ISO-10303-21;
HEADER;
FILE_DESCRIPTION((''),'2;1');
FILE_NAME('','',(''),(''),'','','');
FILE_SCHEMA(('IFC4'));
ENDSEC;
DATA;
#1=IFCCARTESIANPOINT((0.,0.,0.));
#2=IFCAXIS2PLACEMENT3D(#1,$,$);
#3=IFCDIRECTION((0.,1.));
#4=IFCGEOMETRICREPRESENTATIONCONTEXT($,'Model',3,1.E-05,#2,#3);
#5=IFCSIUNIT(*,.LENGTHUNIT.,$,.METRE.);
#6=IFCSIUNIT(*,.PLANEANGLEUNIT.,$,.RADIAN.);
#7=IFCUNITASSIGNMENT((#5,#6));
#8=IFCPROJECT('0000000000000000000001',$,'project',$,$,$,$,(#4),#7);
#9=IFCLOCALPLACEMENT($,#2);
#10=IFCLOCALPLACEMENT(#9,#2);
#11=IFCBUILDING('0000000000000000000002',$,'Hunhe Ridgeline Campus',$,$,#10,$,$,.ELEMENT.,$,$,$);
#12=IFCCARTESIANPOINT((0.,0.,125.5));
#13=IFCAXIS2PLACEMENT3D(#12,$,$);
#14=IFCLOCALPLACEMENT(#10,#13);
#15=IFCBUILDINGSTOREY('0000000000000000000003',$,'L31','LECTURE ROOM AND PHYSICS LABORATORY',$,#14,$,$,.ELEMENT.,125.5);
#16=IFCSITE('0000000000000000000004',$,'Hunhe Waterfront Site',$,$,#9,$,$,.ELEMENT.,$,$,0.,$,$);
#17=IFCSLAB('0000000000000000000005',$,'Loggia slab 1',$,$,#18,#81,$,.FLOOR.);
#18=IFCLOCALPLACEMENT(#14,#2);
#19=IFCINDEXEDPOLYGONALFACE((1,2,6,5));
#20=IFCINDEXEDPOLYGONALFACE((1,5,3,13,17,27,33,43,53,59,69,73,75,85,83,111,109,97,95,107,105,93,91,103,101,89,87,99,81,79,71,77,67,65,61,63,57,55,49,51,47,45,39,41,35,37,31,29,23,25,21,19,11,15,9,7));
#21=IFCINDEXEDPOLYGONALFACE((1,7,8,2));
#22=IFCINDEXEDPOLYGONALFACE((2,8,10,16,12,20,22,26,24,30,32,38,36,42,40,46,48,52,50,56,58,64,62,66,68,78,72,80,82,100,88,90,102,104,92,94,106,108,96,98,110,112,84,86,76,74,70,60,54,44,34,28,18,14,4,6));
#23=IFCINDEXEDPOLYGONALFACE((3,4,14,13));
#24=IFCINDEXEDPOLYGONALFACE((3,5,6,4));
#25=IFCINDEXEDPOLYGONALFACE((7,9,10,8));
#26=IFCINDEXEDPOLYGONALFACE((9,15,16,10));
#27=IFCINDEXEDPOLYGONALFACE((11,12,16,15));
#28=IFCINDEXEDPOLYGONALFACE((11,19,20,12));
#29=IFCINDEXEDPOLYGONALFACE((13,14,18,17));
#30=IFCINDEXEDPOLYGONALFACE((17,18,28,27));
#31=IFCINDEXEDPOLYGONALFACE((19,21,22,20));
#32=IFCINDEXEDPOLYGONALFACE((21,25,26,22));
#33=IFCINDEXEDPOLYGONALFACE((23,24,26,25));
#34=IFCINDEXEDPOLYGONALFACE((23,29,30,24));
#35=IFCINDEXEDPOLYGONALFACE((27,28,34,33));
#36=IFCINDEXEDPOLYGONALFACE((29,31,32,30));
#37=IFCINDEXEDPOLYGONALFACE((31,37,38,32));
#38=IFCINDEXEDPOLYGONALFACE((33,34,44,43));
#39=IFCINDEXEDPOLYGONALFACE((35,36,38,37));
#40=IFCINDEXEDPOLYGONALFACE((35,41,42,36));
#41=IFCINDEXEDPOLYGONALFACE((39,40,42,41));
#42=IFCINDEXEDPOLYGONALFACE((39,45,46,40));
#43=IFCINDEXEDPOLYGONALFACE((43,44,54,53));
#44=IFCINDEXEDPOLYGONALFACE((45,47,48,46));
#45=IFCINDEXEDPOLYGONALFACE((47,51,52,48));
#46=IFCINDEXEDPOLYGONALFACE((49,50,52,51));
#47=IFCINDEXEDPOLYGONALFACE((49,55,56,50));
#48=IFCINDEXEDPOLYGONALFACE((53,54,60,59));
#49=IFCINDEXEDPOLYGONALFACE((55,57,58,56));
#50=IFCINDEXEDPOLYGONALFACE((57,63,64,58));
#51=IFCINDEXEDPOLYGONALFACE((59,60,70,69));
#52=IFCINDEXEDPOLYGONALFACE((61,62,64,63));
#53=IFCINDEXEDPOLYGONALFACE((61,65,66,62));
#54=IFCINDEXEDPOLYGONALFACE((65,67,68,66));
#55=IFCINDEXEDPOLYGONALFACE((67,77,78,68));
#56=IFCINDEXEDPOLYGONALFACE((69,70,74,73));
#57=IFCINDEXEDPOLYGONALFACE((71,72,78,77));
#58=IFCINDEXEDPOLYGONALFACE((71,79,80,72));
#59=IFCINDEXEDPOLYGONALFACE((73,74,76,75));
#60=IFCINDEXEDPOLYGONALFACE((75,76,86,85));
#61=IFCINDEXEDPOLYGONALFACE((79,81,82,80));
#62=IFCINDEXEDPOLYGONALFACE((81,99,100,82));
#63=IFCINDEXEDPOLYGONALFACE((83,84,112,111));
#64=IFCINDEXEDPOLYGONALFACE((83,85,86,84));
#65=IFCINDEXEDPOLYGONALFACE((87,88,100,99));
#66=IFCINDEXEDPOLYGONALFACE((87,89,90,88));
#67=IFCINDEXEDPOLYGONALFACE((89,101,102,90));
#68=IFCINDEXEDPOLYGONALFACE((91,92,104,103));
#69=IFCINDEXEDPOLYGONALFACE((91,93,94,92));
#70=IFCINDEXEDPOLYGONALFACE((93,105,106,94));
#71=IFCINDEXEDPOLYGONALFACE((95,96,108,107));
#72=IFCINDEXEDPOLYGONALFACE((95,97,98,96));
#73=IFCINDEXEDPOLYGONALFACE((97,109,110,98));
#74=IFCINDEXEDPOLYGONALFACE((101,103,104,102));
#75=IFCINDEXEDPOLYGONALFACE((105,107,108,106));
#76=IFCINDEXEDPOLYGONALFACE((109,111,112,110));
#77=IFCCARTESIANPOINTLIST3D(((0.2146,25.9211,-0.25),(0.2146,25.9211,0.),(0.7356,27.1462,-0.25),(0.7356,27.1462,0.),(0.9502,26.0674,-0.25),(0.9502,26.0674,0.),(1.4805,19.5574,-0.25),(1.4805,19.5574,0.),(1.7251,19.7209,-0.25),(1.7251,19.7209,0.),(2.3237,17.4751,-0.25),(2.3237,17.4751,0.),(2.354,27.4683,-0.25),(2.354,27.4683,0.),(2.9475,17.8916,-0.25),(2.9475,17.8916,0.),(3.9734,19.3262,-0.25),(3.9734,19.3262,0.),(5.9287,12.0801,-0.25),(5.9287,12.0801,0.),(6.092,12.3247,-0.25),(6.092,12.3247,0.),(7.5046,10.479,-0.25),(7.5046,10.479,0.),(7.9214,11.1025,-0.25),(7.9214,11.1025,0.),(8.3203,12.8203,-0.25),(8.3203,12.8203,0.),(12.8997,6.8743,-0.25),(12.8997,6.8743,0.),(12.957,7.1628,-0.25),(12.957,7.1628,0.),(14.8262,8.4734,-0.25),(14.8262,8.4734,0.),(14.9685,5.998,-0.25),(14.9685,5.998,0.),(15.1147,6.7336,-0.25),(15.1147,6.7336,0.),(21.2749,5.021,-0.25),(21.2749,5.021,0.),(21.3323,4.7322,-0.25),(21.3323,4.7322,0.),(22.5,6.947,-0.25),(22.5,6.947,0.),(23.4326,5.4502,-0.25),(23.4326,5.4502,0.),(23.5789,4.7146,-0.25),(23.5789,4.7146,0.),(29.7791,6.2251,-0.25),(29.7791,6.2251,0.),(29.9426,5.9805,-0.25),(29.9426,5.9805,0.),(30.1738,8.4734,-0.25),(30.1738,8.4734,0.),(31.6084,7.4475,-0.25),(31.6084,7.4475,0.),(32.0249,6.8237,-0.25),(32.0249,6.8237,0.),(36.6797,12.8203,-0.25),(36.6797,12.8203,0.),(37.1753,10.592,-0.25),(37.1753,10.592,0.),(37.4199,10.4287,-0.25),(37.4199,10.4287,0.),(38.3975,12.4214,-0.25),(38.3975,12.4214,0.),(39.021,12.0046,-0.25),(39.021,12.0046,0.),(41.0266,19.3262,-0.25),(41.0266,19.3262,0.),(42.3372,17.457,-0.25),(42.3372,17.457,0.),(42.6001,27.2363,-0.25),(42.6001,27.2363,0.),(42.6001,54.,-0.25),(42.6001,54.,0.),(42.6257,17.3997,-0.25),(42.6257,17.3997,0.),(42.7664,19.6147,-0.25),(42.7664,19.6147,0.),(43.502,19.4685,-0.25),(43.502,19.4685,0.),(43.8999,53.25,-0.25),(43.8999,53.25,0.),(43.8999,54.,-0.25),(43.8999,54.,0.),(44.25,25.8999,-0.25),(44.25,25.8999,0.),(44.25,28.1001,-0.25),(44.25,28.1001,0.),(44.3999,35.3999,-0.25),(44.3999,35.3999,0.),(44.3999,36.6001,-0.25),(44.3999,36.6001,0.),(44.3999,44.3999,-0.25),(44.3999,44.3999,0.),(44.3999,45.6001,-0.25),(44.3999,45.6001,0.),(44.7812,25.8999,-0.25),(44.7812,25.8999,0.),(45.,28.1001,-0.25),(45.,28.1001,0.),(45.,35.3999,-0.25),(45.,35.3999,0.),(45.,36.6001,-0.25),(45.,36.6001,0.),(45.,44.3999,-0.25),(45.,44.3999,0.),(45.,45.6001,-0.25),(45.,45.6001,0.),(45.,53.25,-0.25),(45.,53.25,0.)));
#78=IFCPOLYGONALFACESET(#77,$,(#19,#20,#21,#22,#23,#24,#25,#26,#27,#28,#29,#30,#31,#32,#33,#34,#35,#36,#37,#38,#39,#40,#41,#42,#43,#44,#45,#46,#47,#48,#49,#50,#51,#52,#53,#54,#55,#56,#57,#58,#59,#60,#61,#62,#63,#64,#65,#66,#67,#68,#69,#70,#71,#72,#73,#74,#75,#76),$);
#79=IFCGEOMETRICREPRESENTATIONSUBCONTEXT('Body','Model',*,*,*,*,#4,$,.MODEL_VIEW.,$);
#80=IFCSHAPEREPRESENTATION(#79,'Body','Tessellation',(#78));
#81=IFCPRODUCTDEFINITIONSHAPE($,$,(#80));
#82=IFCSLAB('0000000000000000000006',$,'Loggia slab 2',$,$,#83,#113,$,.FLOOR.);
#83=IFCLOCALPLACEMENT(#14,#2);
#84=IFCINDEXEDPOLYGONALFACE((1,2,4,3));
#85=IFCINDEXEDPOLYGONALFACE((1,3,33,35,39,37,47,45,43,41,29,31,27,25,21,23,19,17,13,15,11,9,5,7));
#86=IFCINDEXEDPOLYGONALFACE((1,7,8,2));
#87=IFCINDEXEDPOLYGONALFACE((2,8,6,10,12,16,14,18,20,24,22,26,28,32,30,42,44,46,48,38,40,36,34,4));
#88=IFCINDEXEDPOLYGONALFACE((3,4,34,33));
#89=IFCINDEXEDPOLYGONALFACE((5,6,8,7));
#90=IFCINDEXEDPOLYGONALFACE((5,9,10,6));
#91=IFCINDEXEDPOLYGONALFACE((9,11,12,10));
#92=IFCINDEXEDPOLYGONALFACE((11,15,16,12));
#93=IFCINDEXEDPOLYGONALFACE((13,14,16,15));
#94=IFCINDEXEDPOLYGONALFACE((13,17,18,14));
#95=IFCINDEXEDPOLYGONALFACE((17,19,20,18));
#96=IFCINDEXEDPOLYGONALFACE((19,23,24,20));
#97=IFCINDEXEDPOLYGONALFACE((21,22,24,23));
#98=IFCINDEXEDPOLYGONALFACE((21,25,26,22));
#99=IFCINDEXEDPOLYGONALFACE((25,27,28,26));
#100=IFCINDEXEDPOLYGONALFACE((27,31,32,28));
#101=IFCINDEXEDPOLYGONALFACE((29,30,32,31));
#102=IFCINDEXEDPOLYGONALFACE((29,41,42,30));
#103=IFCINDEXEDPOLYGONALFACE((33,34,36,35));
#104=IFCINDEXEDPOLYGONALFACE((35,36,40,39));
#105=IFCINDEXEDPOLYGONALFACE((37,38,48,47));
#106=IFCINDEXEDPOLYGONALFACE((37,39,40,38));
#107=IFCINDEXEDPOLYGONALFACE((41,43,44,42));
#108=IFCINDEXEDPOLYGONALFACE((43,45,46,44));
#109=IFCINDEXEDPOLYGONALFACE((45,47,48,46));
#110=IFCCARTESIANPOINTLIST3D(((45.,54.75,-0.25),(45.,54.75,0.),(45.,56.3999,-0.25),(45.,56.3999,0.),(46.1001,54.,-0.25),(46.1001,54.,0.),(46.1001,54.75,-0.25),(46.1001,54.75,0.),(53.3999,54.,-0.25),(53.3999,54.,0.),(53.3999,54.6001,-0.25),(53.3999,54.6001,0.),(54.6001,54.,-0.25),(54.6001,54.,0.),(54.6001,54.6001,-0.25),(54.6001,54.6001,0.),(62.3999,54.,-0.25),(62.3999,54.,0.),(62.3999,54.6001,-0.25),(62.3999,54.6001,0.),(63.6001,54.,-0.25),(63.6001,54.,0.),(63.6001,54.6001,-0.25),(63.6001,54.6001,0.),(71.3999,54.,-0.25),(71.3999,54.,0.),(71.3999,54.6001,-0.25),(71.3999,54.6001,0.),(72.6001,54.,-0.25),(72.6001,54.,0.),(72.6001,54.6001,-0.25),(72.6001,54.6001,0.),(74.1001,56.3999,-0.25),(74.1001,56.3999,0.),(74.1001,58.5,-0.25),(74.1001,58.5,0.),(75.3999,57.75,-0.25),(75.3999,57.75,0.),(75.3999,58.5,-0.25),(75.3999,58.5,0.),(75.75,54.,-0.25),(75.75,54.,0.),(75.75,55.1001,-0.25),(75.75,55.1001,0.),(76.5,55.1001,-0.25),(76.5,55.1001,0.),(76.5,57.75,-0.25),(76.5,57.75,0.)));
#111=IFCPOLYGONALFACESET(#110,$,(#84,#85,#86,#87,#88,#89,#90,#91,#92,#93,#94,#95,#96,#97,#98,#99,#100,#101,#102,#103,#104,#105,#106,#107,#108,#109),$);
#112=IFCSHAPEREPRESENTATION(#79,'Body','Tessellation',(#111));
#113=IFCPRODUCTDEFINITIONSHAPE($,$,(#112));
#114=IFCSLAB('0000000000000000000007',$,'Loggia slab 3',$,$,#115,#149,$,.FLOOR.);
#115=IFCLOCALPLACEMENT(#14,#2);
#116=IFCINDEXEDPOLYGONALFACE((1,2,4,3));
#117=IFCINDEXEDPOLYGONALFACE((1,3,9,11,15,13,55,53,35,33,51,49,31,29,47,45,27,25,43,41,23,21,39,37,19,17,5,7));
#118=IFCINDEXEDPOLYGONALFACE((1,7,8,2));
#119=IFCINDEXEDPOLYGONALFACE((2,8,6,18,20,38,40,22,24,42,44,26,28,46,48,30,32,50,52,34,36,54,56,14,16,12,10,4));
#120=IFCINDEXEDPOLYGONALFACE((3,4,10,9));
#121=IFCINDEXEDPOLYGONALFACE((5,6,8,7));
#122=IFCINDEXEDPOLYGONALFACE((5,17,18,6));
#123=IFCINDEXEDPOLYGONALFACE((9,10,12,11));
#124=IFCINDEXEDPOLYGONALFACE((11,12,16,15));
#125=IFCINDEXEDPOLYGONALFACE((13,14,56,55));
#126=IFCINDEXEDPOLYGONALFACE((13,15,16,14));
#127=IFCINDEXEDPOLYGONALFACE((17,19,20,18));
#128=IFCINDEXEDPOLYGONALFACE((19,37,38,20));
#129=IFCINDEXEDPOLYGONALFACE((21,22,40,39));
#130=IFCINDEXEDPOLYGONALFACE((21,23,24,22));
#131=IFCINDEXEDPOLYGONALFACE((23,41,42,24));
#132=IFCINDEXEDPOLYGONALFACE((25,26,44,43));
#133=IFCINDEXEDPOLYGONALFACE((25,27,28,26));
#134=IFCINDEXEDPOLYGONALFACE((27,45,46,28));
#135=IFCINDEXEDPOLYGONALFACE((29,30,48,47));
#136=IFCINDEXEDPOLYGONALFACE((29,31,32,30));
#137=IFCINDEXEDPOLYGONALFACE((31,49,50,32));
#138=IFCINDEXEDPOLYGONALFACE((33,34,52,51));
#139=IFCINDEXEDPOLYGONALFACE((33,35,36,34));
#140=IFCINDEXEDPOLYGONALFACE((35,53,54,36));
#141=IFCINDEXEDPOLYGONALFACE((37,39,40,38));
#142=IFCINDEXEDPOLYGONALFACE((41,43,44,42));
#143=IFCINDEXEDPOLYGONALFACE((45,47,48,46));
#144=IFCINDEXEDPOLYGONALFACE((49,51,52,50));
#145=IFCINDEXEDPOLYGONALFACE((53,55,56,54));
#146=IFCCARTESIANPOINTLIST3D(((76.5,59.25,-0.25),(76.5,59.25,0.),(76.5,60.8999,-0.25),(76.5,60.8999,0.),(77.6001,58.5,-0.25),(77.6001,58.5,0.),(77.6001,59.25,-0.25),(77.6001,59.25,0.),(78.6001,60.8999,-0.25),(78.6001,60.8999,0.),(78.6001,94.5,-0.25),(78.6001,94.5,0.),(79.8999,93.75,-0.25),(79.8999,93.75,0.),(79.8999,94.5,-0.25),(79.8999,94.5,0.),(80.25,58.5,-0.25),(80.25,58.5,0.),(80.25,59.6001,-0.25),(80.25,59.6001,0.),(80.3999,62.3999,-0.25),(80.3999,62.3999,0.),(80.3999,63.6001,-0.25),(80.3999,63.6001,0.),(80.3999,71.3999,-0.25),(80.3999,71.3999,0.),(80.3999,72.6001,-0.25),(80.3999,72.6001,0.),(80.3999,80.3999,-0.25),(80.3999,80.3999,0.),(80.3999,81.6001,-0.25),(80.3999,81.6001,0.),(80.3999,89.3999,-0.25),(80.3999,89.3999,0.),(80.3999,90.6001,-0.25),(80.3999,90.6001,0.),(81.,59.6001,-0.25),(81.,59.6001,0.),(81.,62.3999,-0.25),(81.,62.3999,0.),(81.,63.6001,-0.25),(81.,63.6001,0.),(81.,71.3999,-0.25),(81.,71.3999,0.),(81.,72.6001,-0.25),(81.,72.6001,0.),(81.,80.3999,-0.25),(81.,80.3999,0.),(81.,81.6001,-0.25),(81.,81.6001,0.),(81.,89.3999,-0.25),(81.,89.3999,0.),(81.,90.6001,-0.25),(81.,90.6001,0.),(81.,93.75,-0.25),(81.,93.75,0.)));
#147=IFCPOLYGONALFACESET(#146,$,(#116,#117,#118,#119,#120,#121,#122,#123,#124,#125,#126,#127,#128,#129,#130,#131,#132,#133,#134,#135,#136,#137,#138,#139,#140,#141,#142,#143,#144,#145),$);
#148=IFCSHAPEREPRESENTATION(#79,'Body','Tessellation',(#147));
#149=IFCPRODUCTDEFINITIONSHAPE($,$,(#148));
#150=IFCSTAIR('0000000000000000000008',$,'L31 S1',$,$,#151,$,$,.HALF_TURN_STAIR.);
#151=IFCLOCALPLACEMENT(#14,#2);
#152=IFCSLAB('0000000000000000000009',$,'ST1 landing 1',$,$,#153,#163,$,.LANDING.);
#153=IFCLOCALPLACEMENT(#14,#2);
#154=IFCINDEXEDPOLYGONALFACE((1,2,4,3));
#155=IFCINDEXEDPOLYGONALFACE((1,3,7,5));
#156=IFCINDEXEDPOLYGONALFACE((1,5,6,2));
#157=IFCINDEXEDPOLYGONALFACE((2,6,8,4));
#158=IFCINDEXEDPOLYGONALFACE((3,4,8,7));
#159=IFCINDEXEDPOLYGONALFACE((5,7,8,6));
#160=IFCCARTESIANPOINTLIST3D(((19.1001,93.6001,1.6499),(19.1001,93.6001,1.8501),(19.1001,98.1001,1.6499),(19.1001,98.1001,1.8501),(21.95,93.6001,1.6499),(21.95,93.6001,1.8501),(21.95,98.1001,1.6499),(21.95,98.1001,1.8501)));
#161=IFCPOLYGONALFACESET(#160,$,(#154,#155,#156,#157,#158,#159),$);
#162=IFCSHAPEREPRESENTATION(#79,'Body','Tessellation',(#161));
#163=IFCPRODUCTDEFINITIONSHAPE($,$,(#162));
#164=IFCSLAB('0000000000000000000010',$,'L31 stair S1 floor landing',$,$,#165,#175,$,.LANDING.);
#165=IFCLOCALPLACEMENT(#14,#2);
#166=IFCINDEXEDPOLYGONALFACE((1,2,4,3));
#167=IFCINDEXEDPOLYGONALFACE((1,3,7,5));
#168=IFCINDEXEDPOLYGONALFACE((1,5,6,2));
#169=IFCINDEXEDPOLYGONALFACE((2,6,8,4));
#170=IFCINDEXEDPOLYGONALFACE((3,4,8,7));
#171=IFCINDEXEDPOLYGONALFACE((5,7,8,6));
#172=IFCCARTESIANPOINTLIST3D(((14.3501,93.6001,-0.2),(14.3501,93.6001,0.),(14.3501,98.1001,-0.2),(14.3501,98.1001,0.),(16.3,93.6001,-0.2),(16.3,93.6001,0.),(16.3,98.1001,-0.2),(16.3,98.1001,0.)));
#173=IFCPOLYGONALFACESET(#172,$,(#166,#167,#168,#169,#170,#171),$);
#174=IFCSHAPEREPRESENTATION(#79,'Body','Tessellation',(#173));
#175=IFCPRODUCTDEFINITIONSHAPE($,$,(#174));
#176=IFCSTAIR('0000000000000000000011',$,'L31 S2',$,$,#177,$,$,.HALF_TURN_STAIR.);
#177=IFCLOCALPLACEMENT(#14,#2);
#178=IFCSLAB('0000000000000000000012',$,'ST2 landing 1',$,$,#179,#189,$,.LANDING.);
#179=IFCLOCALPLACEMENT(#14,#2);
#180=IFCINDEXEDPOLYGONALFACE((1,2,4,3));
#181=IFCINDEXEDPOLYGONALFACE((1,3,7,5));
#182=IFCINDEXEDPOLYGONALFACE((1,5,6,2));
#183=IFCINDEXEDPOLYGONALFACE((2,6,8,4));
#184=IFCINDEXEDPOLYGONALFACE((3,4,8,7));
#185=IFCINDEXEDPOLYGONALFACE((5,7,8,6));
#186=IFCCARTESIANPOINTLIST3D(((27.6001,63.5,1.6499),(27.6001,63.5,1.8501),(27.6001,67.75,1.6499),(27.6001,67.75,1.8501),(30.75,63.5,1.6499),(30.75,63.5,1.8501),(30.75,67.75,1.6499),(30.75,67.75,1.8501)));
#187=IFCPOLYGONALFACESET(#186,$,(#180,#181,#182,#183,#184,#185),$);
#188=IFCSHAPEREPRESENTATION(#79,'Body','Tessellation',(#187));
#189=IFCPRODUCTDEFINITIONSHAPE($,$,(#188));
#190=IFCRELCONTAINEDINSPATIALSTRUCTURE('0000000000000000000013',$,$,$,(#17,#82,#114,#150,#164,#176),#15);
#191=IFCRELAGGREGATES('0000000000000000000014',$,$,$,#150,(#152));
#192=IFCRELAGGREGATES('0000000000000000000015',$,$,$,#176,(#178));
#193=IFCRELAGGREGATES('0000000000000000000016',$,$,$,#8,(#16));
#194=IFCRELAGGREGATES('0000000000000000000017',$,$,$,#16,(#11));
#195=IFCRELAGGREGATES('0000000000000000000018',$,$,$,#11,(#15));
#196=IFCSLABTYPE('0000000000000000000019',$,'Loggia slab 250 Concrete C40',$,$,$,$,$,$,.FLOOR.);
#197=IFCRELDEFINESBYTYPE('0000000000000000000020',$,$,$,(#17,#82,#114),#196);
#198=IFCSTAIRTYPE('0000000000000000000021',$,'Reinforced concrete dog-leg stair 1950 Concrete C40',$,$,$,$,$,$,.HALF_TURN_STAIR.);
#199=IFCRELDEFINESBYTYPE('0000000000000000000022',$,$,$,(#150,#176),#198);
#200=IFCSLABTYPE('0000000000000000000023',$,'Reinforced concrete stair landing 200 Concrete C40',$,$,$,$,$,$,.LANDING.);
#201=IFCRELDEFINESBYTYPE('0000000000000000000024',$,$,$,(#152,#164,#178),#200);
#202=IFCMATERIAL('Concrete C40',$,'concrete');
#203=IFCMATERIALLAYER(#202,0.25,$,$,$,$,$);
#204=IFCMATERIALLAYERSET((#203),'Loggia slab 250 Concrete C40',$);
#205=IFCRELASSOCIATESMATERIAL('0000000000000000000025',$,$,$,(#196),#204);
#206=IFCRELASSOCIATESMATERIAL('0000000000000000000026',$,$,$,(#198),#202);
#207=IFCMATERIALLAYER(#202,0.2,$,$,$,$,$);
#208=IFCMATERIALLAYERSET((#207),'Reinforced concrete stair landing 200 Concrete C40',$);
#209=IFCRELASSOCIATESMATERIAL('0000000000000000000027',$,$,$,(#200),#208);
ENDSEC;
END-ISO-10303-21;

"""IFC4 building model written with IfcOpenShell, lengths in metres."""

from ifc_helpers import new_model, si_unit, direction, frame, origin, place, context, subcontext, project, spatial, polyline, outline, extrude, material, layer, layer_set, type_object, element, aggregate, save


model = new_model("IFC4")

# Units and contexts
model_context = context("Model", 3, precision=1e-05, world=origin(), true_north=direction((0.0, 1.0)))
body_context = subcontext(model_context, "Body", "Model", "MODEL_VIEW")
ifc_project = project(units=[si_unit("LENGTHUNIT", "METRE"), si_unit("PLANEANGLEUNIT", "RADIAN")], contexts=[model_context])

# Site, building, storey
site_placement = place(None, origin())
site = spatial("IfcSite", under=ifc_project, at=site_placement, Name="Hunhe Waterfront Site", CompositionType="ELEMENT", RefElevation=0.0)
building_placement = place(site_placement, origin())
building = spatial("IfcBuilding", under=site, at=building_placement, Name="Hunhe Ridgeline Campus", CompositionType="ELEMENT")
storey_placement = place(building_placement, frame((0.0, 0.0, 125.5)))
storey = spatial("IfcBuildingStorey", under=building, at=storey_placement, Name="L31", Description="LECTURE ROOM AND PHYSICS LABORATORY", CompositionType="ELEMENT", Elevation=125.5)

# Slabs
ifc_material_1 = material(Name="Concrete C40", Category="concrete")
ifc_layer_1 = layer(ifc_material_1, 0.25)
ifc_layer_set_1 = layer_set([ifc_layer_1], Name="Loggia slab 250 Concrete C40")
slab_type_1 = type_object("IfcSlabType", Name="Loggia slab 250 Concrete C40", PredefinedType="FLOOR", material=ifc_layer_set_1)
slab_1_placement = place(storey_placement, frame((0.0, 0.0, -0.25)))
element("IfcSlab", 1, at=slab_1_placement, inside=storey, type_object=slab_type_1, Name="Loggia slab 1", PredefinedType="FLOOR", context=body_context, shape_type="SweptSolid", body=[
    extrude(outline(polyline([(30.1738, 8.4734), (22.5, 6.947), (14.8262, 8.4734), (8.3203, 12.8203), (3.9734, 19.3262), (2.354, 27.4683), (0.7356, 27.1462), (0.9502, 26.0674), (0.2146, 25.9211), (1.4805, 19.5574), (1.7251, 19.7209), (2.9475, 17.8916), (2.3237, 17.4751), (5.9287, 12.0801), (6.092, 12.3247), (7.9214, 11.1025), (7.5046, 10.479), (12.8997, 6.8743), (12.957, 7.1628), (15.1147, 6.7336), (14.9685, 5.998), (21.3323, 4.7322), (21.2749, 5.021), (23.4326, 5.4502), (23.5789, 4.7146), (29.9426, 5.9805), (29.7791, 6.2251), (31.6084, 7.4475), (32.0249, 6.8237), (37.4199, 10.4287), (37.1753, 10.592), (38.3975, 12.4214), (39.021, 12.0046), (42.6257, 17.3997), (42.3372, 17.457), (42.7664, 19.6147), (43.502, 19.4685), (44.7812, 25.8999), (44.25, 25.8999), (44.25, 28.1001), (45.0, 28.1001), (45.0, 35.3999), (44.3999, 35.3999), (44.3999, 36.6001), (45.0, 36.6001), (45.0, 44.3999), (44.3999, 44.3999), (44.3999, 45.6001), (45.0, 45.6001), (45.0, 53.25), (43.8999, 53.25), (43.8999, 54.0), (42.6001, 54.0), (42.6001, 27.2363), (41.0266, 19.3262), (36.6797, 12.8203), (30.1738, 8.4734)])), origin(), (0.0, 0.0, 1.0), 0.25),
])
slab_2_placement = place(storey_placement, frame((0.0, 0.0, -0.25)))
element("IfcSlab", 2, at=slab_2_placement, inside=storey, type_object=slab_type_1, Name="Loggia slab 2", PredefinedType="FLOOR", context=body_context, shape_type="SweptSolid", body=[
    extrude(outline(polyline([(45.0, 54.75), (46.1001, 54.75), (46.1001, 54.0), (53.3999, 54.0), (53.3999, 54.6001), (54.6001, 54.6001), (54.6001, 54.0), (62.3999, 54.0), (62.3999, 54.6001), (63.6001, 54.6001), (63.6001, 54.0), (71.3999, 54.0), (71.3999, 54.6001), (72.6001, 54.6001), (72.6001, 54.0), (75.75, 54.0), (75.75, 55.1001), (76.5, 55.1001), (76.5, 57.75), (75.3999, 57.75), (75.3999, 58.5), (74.1001, 58.5), (74.1001, 56.3999), (45.0, 56.3999), (45.0, 54.75)])), origin(), (0.0, 0.0, 1.0), 0.25),
])
slab_3_placement = place(storey_placement, frame((0.0, 0.0, -0.25)))
element("IfcSlab", 3, at=slab_3_placement, inside=storey, type_object=slab_type_1, Name="Loggia slab 3", PredefinedType="FLOOR", context=body_context, shape_type="SweptSolid", body=[
    extrude(outline(polyline([(76.5, 59.25), (77.6001, 59.25), (77.6001, 58.5), (80.25, 58.5), (80.25, 59.6001), (81.0, 59.6001), (81.0, 62.3999), (80.3999, 62.3999), (80.3999, 63.6001), (81.0, 63.6001), (81.0, 71.3999), (80.3999, 71.3999), (80.3999, 72.6001), (81.0, 72.6001), (81.0, 80.3999), (80.3999, 80.3999), (80.3999, 81.6001), (81.0, 81.6001), (81.0, 89.3999), (80.3999, 89.3999), (80.3999, 90.6001), (81.0, 90.6001), (81.0, 93.75), (79.8999, 93.75), (79.8999, 94.5), (78.6001, 94.5), (78.6001, 60.8999), (76.5, 60.8999), (76.5, 59.25)])), origin(), (0.0, 0.0, 1.0), 0.25),
])

# Stair, slab
stair_type = type_object("IfcStairType", Name="Reinforced concrete dog-leg stair 1950 Concrete C40", PredefinedType="HALF_TURN_STAIR", material=ifc_material_1)
stair_1_placement = place(storey_placement, origin())
stair_1 = element("IfcStair", 4, at=stair_1_placement, inside=storey, type_object=stair_type, Name="L31 S1", PredefinedType="HALF_TURN_STAIR")
ifc_layer_2 = layer(ifc_material_1, 0.2)
ifc_layer_set_2 = layer_set([ifc_layer_2], Name="Reinforced concrete stair landing 200 Concrete C40")
slab_type_2 = type_object("IfcSlabType", Name="Reinforced concrete stair landing 200 Concrete C40", PredefinedType="LANDING", material=ifc_layer_set_2)
slab_4_placement = place(storey_placement, frame((0.0, 0.0, 1.6499)))
slab_4 = element("IfcSlab", 5, at=slab_4_placement, type_object=slab_type_2, Name="ST1 landing 1", PredefinedType="LANDING", context=body_context, shape_type="SweptSolid", body=[
    extrude(outline(polyline([(19.1001, 93.6001), (21.95, 93.6001), (21.95, 98.1001), (19.1001, 98.1001), (19.1001, 93.6001)])), origin(), (0.0, 0.0, 1.0), 0.2002),
])
aggregate(stair_1, [slab_4])

# Slab
slab_5_placement = place(storey_placement, frame((0.0, 0.0, -0.2)))
element("IfcSlab", 6, at=slab_5_placement, inside=storey, type_object=slab_type_2, Name="L31 stair S1 floor landing", PredefinedType="LANDING", context=body_context, shape_type="SweptSolid", body=[
    extrude(outline(polyline([(14.3501, 93.6001), (16.3, 93.6001), (16.3, 98.1001), (14.3501, 98.1001), (14.3501, 93.6001)])), origin(), (0.0, 0.0, 1.0), 0.2),
])

# Stair, slab
stair_2_placement = place(storey_placement, origin())
stair_2 = element("IfcStair", 7, at=stair_2_placement, inside=storey, type_object=stair_type, Name="L31 S2", PredefinedType="HALF_TURN_STAIR")
slab_6_placement = place(storey_placement, frame((0.0, 0.0, 1.6499)))
slab_6 = element("IfcSlab", 8, at=slab_6_placement, type_object=slab_type_2, Name="ST2 landing 1", PredefinedType="LANDING", context=body_context, shape_type="SweptSolid", body=[
    extrude(outline(polyline([(30.75, 67.75), (27.6001, 67.75), (27.6001, 63.5), (30.75, 63.5), (30.75, 67.75)])), origin(), (0.0, 0.0, 1.0), 0.2002),
])
aggregate(stair_2, [slab_6])

save(model, "model.ifc")
